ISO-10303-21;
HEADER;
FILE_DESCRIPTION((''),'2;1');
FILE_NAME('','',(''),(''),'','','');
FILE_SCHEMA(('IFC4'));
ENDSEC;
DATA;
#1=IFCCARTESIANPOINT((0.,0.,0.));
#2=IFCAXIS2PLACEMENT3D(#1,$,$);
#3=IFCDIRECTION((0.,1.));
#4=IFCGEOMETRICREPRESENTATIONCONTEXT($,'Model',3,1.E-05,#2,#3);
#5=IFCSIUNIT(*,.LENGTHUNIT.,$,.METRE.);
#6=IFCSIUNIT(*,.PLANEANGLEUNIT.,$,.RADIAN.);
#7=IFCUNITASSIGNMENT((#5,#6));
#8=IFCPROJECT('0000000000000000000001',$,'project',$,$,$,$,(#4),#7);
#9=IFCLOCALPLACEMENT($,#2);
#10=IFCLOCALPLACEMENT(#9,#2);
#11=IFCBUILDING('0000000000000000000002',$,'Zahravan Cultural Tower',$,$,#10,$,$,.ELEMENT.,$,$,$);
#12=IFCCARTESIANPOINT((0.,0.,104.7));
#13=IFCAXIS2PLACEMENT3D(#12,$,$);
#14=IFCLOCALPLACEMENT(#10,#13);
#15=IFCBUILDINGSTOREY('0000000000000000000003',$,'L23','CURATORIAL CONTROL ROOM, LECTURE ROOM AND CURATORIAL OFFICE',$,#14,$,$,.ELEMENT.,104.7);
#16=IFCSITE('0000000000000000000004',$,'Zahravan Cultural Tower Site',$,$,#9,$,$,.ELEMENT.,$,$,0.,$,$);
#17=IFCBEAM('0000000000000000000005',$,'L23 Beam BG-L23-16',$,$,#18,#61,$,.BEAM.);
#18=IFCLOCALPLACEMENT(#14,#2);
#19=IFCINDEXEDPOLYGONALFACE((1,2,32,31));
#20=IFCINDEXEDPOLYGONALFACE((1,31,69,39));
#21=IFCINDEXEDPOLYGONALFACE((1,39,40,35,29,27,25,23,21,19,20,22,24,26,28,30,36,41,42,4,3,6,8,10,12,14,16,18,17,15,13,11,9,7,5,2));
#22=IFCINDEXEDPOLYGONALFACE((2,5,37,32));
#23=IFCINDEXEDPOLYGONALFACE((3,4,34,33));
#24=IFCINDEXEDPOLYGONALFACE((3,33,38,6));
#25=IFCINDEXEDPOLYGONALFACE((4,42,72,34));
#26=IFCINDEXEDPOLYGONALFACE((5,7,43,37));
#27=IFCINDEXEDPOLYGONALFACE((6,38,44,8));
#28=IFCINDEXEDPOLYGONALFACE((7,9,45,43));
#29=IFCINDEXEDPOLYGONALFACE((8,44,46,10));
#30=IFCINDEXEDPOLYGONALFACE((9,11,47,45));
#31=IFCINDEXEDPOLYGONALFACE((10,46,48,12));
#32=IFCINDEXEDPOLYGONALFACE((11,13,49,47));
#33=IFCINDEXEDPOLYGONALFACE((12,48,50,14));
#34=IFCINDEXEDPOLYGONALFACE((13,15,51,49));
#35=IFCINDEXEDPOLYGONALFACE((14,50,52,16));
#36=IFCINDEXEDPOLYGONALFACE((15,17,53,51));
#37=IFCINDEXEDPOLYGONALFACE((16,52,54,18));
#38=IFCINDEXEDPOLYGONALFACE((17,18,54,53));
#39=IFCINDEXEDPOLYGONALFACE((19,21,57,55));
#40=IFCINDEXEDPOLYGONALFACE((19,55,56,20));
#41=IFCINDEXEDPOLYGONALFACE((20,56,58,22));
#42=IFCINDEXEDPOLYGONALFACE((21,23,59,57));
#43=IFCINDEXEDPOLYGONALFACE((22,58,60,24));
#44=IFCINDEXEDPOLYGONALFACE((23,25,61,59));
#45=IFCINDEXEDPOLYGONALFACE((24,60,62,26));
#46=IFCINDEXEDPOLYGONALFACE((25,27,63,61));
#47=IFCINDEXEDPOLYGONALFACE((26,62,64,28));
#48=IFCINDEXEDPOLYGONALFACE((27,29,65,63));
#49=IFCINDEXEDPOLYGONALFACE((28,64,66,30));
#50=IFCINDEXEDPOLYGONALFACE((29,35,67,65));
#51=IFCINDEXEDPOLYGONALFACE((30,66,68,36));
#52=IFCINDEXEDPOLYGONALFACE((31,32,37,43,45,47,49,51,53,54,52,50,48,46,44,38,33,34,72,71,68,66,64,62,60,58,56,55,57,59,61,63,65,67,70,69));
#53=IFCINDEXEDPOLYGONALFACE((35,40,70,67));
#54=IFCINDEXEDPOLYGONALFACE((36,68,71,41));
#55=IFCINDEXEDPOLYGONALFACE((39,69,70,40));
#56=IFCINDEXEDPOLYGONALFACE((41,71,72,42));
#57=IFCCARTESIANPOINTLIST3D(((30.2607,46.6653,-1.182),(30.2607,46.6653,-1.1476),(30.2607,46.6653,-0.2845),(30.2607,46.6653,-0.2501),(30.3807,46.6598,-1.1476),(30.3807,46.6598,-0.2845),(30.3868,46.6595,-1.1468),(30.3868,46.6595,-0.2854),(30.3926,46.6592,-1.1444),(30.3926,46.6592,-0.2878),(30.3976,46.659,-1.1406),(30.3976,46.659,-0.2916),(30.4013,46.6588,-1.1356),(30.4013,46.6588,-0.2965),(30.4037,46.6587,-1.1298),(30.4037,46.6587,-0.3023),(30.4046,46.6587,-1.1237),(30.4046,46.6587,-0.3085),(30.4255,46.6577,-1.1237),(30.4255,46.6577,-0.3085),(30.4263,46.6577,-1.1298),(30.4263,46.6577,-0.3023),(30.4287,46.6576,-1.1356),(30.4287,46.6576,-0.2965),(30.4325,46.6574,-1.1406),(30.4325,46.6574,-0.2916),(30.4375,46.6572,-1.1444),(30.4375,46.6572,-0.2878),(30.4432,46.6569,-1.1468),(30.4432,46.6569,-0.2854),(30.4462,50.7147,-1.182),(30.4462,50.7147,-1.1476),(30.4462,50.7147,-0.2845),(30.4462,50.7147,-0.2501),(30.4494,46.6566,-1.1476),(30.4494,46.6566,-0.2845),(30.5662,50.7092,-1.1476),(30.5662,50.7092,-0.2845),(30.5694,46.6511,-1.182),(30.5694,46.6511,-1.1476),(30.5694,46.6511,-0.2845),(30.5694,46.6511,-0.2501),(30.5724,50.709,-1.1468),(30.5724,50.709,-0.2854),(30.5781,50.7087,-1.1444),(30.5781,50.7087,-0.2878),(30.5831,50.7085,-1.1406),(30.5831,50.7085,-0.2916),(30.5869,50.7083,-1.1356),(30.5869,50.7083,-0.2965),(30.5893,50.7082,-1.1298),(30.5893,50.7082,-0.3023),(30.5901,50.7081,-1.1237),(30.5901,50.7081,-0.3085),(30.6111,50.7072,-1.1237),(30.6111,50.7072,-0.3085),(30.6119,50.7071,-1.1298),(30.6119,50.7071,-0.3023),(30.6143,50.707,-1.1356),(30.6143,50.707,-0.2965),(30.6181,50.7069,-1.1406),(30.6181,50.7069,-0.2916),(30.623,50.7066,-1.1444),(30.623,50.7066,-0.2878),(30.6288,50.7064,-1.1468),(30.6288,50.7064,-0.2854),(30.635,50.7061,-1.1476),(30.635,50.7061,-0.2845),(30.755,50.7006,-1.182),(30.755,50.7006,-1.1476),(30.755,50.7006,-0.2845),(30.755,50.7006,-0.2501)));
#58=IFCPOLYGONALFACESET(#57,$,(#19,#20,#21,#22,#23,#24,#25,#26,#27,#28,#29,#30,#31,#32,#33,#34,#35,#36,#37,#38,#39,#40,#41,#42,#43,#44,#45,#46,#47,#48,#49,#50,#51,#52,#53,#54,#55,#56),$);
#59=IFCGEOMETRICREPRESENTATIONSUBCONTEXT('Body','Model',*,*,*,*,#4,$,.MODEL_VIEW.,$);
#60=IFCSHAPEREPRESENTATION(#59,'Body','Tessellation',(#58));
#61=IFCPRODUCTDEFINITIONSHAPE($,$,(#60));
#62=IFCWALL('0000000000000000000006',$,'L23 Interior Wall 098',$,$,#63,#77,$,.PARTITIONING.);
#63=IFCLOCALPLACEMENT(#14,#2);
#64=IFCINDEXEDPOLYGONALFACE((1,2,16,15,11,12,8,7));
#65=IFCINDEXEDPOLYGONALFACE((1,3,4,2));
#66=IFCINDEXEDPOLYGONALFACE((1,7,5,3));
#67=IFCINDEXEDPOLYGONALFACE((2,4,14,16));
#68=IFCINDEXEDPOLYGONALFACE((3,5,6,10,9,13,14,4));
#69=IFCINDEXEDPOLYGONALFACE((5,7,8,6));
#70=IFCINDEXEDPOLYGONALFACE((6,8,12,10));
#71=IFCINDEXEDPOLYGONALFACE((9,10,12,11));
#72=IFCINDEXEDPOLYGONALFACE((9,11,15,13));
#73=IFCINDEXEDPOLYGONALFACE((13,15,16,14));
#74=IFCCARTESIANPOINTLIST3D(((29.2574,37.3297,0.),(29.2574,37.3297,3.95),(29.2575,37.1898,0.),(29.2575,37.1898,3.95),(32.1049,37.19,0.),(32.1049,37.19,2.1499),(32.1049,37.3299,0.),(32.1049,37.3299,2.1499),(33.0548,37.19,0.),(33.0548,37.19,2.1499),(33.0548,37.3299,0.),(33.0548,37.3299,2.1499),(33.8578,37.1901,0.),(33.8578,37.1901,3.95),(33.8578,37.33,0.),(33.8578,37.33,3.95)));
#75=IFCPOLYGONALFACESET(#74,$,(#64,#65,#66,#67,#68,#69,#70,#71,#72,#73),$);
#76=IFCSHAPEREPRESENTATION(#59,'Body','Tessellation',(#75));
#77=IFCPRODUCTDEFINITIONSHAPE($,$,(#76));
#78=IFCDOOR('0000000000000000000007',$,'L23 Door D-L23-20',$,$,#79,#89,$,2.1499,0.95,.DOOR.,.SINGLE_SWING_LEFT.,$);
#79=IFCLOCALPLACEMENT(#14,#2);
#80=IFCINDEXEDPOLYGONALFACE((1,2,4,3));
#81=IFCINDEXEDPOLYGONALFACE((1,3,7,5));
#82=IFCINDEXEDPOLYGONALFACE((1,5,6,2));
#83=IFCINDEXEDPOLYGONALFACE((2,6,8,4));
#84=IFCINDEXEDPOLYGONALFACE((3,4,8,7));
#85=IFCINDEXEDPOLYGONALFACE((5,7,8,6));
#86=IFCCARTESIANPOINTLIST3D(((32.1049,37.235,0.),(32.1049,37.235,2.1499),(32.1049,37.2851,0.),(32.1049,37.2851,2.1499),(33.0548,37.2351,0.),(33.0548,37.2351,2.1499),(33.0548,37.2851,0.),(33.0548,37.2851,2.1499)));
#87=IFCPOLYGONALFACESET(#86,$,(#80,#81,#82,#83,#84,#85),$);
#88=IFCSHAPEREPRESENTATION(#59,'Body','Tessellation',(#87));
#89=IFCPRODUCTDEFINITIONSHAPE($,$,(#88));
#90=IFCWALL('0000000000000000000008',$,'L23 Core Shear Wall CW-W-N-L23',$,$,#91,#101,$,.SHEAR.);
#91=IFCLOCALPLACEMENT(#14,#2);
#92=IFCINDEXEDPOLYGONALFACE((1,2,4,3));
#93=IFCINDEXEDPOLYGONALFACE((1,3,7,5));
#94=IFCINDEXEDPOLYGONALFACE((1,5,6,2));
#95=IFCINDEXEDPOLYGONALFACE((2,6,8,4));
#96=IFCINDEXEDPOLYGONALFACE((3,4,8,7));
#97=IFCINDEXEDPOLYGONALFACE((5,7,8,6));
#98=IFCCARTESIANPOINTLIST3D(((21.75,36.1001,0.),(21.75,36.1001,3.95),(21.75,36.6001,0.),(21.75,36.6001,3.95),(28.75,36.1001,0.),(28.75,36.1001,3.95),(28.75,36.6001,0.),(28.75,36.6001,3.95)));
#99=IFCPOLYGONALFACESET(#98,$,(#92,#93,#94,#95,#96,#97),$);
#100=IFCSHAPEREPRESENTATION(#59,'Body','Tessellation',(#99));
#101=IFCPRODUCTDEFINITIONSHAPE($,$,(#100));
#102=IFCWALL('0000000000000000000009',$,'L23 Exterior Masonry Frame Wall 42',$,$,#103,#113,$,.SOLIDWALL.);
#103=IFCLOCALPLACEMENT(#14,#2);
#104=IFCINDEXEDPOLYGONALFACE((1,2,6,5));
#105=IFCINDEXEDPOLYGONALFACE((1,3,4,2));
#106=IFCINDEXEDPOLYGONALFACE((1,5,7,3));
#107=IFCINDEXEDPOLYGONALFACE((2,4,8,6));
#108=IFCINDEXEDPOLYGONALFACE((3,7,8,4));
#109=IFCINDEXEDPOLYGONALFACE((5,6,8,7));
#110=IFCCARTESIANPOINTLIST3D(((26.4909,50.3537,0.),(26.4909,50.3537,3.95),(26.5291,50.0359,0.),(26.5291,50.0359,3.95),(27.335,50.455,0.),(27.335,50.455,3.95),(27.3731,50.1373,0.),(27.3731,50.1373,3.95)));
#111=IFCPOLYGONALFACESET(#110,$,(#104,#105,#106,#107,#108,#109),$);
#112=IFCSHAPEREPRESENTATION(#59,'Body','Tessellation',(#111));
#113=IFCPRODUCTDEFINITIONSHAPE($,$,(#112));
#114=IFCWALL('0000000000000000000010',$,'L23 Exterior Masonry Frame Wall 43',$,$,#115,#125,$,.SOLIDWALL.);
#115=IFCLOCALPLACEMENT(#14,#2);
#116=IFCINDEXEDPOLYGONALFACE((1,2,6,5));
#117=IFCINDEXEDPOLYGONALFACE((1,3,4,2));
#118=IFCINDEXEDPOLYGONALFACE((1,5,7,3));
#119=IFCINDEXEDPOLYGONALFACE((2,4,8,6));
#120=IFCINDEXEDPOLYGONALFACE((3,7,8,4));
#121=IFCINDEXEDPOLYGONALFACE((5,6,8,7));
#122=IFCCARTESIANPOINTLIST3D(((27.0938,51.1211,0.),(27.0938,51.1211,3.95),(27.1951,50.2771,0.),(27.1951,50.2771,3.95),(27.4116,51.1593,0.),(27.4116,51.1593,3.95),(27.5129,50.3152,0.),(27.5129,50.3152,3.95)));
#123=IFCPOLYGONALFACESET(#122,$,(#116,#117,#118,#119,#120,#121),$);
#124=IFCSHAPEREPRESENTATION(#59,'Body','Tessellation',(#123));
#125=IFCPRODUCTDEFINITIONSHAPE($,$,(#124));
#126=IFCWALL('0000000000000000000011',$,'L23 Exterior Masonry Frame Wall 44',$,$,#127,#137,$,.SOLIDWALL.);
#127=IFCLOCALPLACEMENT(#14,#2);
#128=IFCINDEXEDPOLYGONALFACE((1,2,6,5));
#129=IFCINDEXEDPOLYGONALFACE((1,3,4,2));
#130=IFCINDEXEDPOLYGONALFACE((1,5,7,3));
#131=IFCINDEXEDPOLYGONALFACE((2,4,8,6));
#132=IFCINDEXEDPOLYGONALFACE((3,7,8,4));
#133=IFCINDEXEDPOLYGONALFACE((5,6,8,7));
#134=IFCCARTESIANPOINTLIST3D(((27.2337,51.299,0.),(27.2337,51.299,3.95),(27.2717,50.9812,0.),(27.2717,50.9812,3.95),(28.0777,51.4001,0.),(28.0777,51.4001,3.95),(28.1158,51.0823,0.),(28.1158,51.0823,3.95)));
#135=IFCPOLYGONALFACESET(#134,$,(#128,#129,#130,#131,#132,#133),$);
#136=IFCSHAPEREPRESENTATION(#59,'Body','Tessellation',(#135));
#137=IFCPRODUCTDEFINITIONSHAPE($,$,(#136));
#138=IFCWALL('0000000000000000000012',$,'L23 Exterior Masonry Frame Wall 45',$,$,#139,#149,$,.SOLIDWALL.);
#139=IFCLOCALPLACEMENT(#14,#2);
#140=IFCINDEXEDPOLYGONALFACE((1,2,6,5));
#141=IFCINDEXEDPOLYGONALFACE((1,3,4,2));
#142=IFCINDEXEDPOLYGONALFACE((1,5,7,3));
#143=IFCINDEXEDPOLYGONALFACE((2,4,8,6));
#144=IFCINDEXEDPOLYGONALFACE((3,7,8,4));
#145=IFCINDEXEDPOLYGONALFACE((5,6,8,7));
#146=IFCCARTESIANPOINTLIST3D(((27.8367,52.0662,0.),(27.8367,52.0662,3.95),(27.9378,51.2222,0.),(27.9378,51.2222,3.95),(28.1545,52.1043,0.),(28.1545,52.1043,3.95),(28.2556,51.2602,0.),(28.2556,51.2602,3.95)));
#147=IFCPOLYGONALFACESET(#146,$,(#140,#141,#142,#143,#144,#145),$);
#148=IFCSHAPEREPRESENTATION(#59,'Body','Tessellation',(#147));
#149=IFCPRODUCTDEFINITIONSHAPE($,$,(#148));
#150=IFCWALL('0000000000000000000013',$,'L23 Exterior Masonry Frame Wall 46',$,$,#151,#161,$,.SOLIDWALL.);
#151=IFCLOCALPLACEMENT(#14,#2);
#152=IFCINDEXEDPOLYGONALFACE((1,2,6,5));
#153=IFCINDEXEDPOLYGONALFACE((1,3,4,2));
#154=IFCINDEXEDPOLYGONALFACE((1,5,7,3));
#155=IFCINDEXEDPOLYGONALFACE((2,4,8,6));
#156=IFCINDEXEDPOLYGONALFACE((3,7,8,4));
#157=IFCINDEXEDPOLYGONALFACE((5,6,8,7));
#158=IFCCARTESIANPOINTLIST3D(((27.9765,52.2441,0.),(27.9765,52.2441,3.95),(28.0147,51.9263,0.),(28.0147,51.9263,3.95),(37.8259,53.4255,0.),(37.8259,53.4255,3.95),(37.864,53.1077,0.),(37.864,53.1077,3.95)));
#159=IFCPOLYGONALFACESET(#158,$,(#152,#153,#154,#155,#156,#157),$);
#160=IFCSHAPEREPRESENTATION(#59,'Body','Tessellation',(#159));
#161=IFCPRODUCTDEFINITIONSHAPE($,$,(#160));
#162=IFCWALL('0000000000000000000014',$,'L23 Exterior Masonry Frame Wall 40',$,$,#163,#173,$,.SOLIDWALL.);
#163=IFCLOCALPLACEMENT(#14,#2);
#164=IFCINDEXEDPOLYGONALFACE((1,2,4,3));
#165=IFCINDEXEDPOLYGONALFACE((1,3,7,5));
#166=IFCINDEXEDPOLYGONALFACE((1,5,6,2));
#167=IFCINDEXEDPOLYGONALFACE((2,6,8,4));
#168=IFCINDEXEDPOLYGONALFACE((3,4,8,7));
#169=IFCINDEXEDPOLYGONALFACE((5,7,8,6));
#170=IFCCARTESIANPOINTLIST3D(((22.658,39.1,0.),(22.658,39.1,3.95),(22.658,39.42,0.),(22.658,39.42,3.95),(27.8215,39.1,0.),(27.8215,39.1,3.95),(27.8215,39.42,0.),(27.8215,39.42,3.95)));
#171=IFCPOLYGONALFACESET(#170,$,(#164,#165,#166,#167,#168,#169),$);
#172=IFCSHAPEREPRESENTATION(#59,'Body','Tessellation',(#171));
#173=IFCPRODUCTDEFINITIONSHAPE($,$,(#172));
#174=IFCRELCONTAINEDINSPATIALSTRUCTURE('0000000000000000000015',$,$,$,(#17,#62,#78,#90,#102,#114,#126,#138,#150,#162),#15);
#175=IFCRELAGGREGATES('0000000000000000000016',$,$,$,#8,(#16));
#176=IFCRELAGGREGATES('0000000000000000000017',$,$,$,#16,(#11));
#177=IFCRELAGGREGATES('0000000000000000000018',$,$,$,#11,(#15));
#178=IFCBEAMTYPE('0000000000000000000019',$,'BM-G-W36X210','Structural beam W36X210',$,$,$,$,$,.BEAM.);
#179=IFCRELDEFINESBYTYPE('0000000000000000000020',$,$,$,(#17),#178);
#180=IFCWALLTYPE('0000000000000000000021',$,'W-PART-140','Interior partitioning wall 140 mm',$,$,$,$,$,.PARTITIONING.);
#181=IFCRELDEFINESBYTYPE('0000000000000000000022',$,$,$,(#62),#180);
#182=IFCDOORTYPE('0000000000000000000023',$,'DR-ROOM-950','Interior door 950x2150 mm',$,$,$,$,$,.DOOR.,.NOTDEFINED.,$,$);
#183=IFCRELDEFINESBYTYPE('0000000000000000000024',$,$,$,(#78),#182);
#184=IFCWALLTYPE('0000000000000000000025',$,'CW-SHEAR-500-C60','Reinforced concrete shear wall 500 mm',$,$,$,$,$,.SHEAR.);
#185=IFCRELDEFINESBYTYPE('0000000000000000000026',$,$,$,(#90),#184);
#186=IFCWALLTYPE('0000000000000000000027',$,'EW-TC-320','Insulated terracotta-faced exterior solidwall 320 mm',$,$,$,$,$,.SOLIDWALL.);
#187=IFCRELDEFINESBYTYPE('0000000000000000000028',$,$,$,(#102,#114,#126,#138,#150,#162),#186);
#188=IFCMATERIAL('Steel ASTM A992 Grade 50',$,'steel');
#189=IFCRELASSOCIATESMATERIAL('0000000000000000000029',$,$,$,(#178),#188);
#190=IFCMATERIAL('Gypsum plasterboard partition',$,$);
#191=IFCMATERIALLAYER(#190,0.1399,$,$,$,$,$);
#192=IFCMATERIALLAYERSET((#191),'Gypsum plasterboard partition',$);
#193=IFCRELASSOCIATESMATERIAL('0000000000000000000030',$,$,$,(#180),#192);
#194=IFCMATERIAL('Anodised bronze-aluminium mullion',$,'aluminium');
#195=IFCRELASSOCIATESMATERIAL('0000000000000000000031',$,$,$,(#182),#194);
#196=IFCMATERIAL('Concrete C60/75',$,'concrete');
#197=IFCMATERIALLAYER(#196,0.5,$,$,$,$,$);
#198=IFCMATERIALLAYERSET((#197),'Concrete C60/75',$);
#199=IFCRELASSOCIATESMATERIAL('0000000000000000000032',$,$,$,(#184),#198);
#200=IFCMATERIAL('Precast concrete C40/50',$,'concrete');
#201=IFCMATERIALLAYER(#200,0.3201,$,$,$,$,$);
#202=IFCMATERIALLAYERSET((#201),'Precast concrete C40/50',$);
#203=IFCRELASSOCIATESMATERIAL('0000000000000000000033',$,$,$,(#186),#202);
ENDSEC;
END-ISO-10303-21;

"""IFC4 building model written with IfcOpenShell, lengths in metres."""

from ifc_helpers import new_model, si_unit, direction, frame, frame_2d, origin, origin_2d, place, context, subcontext, project, spatial, rectangle, i_section, extrude, source, transform, mapped, material, layer, layer_set, material_profile, profile_set, type_object, element, fill, save


model = new_model("IFC4")

# Units and contexts
model_context = context("Model", 3, precision=1e-05, world=origin(), true_north=direction((0.0, 1.0)))
body_context = subcontext(model_context, "Body", "Model", "MODEL_VIEW")
ifc_project = project(units=[si_unit("LENGTHUNIT", "METRE"), si_unit("PLANEANGLEUNIT", "RADIAN")], contexts=[model_context])

# Site, building, storey
site_placement = place(None, origin())
site = spatial("IfcSite", under=ifc_project, at=site_placement, Name="Zahravan Cultural Tower Site", CompositionType="ELEMENT", RefElevation=0.0)
building_placement = place(site_placement, origin())
building = spatial("IfcBuilding", under=site, at=building_placement, Name="Zahravan Cultural Tower", CompositionType="ELEMENT")
storey_placement = place(building_placement, frame((0.0, 0.0, 104.7)))
storey = spatial("IfcBuildingStorey", under=building, at=storey_placement, Name="L23", Description="CURATORIAL CONTROL ROOM, LECTURE ROOM AND CURATORIAL OFFICE", CompositionType="ELEMENT", Elevation=104.7)

# Shared definitions
ifc_material_1 = material(Name="Concrete C60/75", Category="concrete")
ifc_material_2 = material(Name="Steel ASTM A992 Grade 50", Category="steel")

# Beam
ifc_material_profile_1 = material_profile(ifc_material_2, i_section(OverallWidth=0.3091, OverallDepth=0.9319, WebThickness=0.021, FlangeThickness=0.0344, FilletRadius=0.0239, at=origin_2d()), Name="W36X210")
ifc_profile_set_1 = profile_set([ifc_material_profile_1], Name="Steel ASTM A992 Grade 50")
beam_type_1 = type_object("IfcBeamType", Name="BM-G-W36X210", Description="Structural beam W36X210", PredefinedType="BEAM", material=ifc_profile_set_1)
shared_shape_1 = source(origin(), body_context, "Body", "SweptSolid", [
    extrude(i_section(OverallWidth=0.3091, OverallDepth=0.9319, WebThickness=0.021, FlangeThickness=0.0344, FilletRadius=0.0239, at=origin_2d()), origin(), (0.0, 0.0, 1.0), 4.0537),
])
beam_1_placement = place(storey_placement, frame((30.415, 46.6582, -0.7161), z_axis=(0.045771, 0.998952, 0.0), x_axis=(-0.998952, 0.045771, 0.0)))
element("IfcBeam", 1, at=beam_1_placement, inside=storey, type_object=beam_type_1, Name="L23 Beam BG-L23-16", PredefinedType="BEAM", context=body_context, shape_type="MappedRepresentation", body=[
    mapped(shared_shape_1, transform((0.0, 0.0, 0.0), x_axis=(1.0, 0.0, 0.0), y_axis=(0.0, 1.0, 0.0), z_axis=(0.0, 0.0, 1.0), scale=1.0)),
])

# Wall, opening, door
ifc_material_3 = material(Name="Gypsum plasterboard partition")
ifc_layer_1 = layer(ifc_material_3, 0.1399)
ifc_layer_set_1 = layer_set([ifc_layer_1], Name="Gypsum plasterboard partition")
wall_type_1 = type_object("IfcWallType", Name="W-PART-140", Description="Interior partitioning wall 140 mm", PredefinedType="PARTITIONING", material=ifc_layer_set_1)
wall_1_placement = place(storey_placement, frame((33.8579, 37.26, 0.0), z_axis=(0.0, 0.0, 1.0), x_axis=(-1.0, -0.000053, 0.0)))
wall_1 = element("IfcWall", 2, at=wall_1_placement, inside=storey, type_object=wall_type_1, Name="L23 Interior Wall 098", PredefinedType="PARTITIONING", context=body_context, shape_type="SweptSolid", body=[
    extrude(rectangle(XDim=4.6003, YDim=0.1399, at=frame_2d((2.3003, 0.0))), origin(), (0.0, 0.0, 1.0), 3.95),
])
opening_placement = place(wall_1_placement, frame((0.803, 0.0, 0.0)))
opening = element("IfcOpeningElement", 3, at=opening_placement, cuts=wall_1, PredefinedType="OPENING", context=body_context, shape_type="SweptSolid", body=[
    extrude(rectangle(XDim=0.95, YDim=2.1499, at=frame_2d((0.4751, 1.075))), frame((0.0, 0.0798, 0.0), z_axis=(0.0, -1.0, 0.0), x_axis=(1.0, 0.0, 0.0)), (0.0, 0.0, 1.0), 0.1599),
])
ifc_material_4 = material(Name="Anodised bronze-aluminium mullion", Category="aluminium")
door_type = type_object("IfcDoorType", Name="DR-ROOM-950", Description="Interior door 950x2150 mm", OperationType="NOTDEFINED", PredefinedType="DOOR", material=ifc_material_4)
shared_shape_2 = source(origin(), body_context, "Body", "SweptSolid", [
    extrude(rectangle(XDim=0.95, YDim=2.1499, at=frame_2d((0.4751, 1.075))), frame((0.0, 0.0249, 0.0), z_axis=(0.0, -1.0, 0.0), x_axis=(1.0, 0.0, 0.0)), (0.0, 0.0, 1.0), 0.05),
])
door_placement = place(opening_placement, origin())
door = element("IfcDoor", 4, at=door_placement, inside=storey, type_object=door_type, Name="L23 Door D-L23-20", OperationType="SINGLE_SWING_LEFT", OverallHeight=2.1499, OverallWidth=0.95, PredefinedType="DOOR", context=body_context, shape_type="MappedRepresentation", body=[
    mapped(shared_shape_2, transform((0.0, 0.0, 0.0), x_axis=(1.0, 0.0, 0.0), y_axis=(0.0, 1.0, 0.0), z_axis=(0.0, 0.0, 1.0), scale=1.0)),
])
fill(opening, door)

# Walls
ifc_layer_2 = layer(ifc_material_1, 0.5)
ifc_layer_set_2 = layer_set([ifc_layer_2], Name="Concrete C60/75")
wall_type_2 = type_object("IfcWallType", Name="CW-SHEAR-500-C60", Description="Reinforced concrete shear wall 500 mm", PredefinedType="SHEAR", material=ifc_layer_set_2)
shared_shape_3 = source(origin(), body_context, "Body", "SweptSolid", [
    extrude(rectangle(XDim=7.0, YDim=0.5, at=frame_2d((3.5, 0.0))), origin(), (0.0, 0.0, 1.0), 3.95),
])
wall_2_placement = place(storey_placement, frame((21.75, 36.3501, 0.0), z_axis=(0.0, 0.0, 1.0), x_axis=(1.0, 0.0, 0.0)))
element("IfcWall", 5, at=wall_2_placement, inside=storey, type_object=wall_type_2, Name="L23 Core Shear Wall CW-W-N-L23", PredefinedType="SHEAR", context=body_context, shape_type="MappedRepresentation", body=[
    mapped(shared_shape_3, transform((0.0, 0.0, 0.0), x_axis=(1.0, 0.0, 0.0), y_axis=(0.0, 1.0, 0.0), z_axis=(0.0, 0.0, 1.0), scale=1.0)),
])
ifc_material_5 = material(Name="Precast concrete C40/50", Category="concrete")
ifc_layer_3 = layer(ifc_material_5, 0.3201)
ifc_layer_set_3 = layer_set([ifc_layer_3], Name="Precast concrete C40/50")
wall_type_3 = type_object("IfcWallType", Name="EW-TC-320", Description="Insulated terracotta-faced exterior solidwall 320 mm", PredefinedType="SOLIDWALL", material=ifc_layer_set_3)
shared_shape_4 = source(origin(), body_context, "Body", "SweptSolid", [
    extrude(rectangle(XDim=0.8501, YDim=0.3201, at=frame_2d((0.425, 0.0))), origin(), (0.0, 0.0, 1.0), 3.95),
])
for number, where, z_axis, x_axis, name in (
    (6, (26.51, 50.1948, 0.0), (0.0, 0.0, 1.0), (0.992871, 0.119191, 0.0), "L23 Exterior Masonry Frame Wall 42"),
    (7, (27.354, 50.2961, 0.0), (0.0, 0.0, 1.0), (-0.119191, 0.992871, 0.0), "L23 Exterior Masonry Frame Wall 43"),
    (8, (27.2527, 51.1401, 0.0), (0.0, 0.0, 1.0), (0.992905, 0.118907, 0.0), "L23 Exterior Masonry Frame Wall 44"),
    (9, (28.0967, 51.2412, 0.0), (0.0, 0.0, 1.0), (-0.118907, 0.992905, 0.0), "L23 Exterior Masonry Frame Wall 45"),
):
    element("IfcWall", number, at=place(storey_placement, frame(where, z_axis=z_axis, x_axis=x_axis)), inside=storey, type_object=wall_type_3, Name=name, PredefinedType="SOLIDWALL", context=body_context, shape_type="MappedRepresentation", body=[
        mapped(shared_shape_4, transform((0.0, 0.0, 0.0), x_axis=(1.0, 0.0, 0.0), y_axis=(0.0, 1.0, 0.0), z_axis=(0.0, 0.0, 1.0), scale=1.0)),
    ])
shared_shape_5 = source(origin(), body_context, "Body", "SweptSolid", [
    extrude(rectangle(XDim=9.9199, YDim=0.3201, at=frame_2d((4.96, 0.0))), origin(), (0.0, 0.0, 1.0), 3.95),
])
wall_3_placement = place(storey_placement, frame((27.9956, 52.0852, 0.0), z_axis=(0.0, 0.0, 1.0), x_axis=(0.992883, 0.119093, 0.0)))
element("IfcWall", 10, at=wall_3_placement, inside=storey, type_object=wall_type_3, Name="L23 Exterior Masonry Frame Wall 46", PredefinedType="SOLIDWALL", context=body_context, shape_type="MappedRepresentation", body=[
    mapped(shared_shape_5, transform((0.0, 0.0, 0.0), x_axis=(1.0, 0.0, 0.0), y_axis=(0.0, 1.0, 0.0), z_axis=(0.0, 0.0, 1.0), scale=1.0)),
])
shared_shape_6 = source(origin(), body_context, "Body", "SweptSolid", [
    extrude(rectangle(XDim=5.1636, YDim=0.3201, at=frame_2d((2.5818, 0.0))), origin(), (0.0, 0.0, 1.0), 3.95),
])
wall_4_placement = place(storey_placement, frame((22.658, 39.26, 0.0), z_axis=(0.0, 0.0, 1.0), x_axis=(1.0, 0.0, 0.0)))
element("IfcWall", 11, at=wall_4_placement, inside=storey, type_object=wall_type_3, Name="L23 Exterior Masonry Frame Wall 40", PredefinedType="SOLIDWALL", context=body_context, shape_type="MappedRepresentation", body=[
    mapped(shared_shape_6, transform((0.0, 0.0, 0.0), x_axis=(1.0, 0.0, 0.0), y_axis=(0.0, 1.0, 0.0), z_axis=(0.0, 0.0, 1.0), scale=1.0)),
])

save(model, "model.ifc")
